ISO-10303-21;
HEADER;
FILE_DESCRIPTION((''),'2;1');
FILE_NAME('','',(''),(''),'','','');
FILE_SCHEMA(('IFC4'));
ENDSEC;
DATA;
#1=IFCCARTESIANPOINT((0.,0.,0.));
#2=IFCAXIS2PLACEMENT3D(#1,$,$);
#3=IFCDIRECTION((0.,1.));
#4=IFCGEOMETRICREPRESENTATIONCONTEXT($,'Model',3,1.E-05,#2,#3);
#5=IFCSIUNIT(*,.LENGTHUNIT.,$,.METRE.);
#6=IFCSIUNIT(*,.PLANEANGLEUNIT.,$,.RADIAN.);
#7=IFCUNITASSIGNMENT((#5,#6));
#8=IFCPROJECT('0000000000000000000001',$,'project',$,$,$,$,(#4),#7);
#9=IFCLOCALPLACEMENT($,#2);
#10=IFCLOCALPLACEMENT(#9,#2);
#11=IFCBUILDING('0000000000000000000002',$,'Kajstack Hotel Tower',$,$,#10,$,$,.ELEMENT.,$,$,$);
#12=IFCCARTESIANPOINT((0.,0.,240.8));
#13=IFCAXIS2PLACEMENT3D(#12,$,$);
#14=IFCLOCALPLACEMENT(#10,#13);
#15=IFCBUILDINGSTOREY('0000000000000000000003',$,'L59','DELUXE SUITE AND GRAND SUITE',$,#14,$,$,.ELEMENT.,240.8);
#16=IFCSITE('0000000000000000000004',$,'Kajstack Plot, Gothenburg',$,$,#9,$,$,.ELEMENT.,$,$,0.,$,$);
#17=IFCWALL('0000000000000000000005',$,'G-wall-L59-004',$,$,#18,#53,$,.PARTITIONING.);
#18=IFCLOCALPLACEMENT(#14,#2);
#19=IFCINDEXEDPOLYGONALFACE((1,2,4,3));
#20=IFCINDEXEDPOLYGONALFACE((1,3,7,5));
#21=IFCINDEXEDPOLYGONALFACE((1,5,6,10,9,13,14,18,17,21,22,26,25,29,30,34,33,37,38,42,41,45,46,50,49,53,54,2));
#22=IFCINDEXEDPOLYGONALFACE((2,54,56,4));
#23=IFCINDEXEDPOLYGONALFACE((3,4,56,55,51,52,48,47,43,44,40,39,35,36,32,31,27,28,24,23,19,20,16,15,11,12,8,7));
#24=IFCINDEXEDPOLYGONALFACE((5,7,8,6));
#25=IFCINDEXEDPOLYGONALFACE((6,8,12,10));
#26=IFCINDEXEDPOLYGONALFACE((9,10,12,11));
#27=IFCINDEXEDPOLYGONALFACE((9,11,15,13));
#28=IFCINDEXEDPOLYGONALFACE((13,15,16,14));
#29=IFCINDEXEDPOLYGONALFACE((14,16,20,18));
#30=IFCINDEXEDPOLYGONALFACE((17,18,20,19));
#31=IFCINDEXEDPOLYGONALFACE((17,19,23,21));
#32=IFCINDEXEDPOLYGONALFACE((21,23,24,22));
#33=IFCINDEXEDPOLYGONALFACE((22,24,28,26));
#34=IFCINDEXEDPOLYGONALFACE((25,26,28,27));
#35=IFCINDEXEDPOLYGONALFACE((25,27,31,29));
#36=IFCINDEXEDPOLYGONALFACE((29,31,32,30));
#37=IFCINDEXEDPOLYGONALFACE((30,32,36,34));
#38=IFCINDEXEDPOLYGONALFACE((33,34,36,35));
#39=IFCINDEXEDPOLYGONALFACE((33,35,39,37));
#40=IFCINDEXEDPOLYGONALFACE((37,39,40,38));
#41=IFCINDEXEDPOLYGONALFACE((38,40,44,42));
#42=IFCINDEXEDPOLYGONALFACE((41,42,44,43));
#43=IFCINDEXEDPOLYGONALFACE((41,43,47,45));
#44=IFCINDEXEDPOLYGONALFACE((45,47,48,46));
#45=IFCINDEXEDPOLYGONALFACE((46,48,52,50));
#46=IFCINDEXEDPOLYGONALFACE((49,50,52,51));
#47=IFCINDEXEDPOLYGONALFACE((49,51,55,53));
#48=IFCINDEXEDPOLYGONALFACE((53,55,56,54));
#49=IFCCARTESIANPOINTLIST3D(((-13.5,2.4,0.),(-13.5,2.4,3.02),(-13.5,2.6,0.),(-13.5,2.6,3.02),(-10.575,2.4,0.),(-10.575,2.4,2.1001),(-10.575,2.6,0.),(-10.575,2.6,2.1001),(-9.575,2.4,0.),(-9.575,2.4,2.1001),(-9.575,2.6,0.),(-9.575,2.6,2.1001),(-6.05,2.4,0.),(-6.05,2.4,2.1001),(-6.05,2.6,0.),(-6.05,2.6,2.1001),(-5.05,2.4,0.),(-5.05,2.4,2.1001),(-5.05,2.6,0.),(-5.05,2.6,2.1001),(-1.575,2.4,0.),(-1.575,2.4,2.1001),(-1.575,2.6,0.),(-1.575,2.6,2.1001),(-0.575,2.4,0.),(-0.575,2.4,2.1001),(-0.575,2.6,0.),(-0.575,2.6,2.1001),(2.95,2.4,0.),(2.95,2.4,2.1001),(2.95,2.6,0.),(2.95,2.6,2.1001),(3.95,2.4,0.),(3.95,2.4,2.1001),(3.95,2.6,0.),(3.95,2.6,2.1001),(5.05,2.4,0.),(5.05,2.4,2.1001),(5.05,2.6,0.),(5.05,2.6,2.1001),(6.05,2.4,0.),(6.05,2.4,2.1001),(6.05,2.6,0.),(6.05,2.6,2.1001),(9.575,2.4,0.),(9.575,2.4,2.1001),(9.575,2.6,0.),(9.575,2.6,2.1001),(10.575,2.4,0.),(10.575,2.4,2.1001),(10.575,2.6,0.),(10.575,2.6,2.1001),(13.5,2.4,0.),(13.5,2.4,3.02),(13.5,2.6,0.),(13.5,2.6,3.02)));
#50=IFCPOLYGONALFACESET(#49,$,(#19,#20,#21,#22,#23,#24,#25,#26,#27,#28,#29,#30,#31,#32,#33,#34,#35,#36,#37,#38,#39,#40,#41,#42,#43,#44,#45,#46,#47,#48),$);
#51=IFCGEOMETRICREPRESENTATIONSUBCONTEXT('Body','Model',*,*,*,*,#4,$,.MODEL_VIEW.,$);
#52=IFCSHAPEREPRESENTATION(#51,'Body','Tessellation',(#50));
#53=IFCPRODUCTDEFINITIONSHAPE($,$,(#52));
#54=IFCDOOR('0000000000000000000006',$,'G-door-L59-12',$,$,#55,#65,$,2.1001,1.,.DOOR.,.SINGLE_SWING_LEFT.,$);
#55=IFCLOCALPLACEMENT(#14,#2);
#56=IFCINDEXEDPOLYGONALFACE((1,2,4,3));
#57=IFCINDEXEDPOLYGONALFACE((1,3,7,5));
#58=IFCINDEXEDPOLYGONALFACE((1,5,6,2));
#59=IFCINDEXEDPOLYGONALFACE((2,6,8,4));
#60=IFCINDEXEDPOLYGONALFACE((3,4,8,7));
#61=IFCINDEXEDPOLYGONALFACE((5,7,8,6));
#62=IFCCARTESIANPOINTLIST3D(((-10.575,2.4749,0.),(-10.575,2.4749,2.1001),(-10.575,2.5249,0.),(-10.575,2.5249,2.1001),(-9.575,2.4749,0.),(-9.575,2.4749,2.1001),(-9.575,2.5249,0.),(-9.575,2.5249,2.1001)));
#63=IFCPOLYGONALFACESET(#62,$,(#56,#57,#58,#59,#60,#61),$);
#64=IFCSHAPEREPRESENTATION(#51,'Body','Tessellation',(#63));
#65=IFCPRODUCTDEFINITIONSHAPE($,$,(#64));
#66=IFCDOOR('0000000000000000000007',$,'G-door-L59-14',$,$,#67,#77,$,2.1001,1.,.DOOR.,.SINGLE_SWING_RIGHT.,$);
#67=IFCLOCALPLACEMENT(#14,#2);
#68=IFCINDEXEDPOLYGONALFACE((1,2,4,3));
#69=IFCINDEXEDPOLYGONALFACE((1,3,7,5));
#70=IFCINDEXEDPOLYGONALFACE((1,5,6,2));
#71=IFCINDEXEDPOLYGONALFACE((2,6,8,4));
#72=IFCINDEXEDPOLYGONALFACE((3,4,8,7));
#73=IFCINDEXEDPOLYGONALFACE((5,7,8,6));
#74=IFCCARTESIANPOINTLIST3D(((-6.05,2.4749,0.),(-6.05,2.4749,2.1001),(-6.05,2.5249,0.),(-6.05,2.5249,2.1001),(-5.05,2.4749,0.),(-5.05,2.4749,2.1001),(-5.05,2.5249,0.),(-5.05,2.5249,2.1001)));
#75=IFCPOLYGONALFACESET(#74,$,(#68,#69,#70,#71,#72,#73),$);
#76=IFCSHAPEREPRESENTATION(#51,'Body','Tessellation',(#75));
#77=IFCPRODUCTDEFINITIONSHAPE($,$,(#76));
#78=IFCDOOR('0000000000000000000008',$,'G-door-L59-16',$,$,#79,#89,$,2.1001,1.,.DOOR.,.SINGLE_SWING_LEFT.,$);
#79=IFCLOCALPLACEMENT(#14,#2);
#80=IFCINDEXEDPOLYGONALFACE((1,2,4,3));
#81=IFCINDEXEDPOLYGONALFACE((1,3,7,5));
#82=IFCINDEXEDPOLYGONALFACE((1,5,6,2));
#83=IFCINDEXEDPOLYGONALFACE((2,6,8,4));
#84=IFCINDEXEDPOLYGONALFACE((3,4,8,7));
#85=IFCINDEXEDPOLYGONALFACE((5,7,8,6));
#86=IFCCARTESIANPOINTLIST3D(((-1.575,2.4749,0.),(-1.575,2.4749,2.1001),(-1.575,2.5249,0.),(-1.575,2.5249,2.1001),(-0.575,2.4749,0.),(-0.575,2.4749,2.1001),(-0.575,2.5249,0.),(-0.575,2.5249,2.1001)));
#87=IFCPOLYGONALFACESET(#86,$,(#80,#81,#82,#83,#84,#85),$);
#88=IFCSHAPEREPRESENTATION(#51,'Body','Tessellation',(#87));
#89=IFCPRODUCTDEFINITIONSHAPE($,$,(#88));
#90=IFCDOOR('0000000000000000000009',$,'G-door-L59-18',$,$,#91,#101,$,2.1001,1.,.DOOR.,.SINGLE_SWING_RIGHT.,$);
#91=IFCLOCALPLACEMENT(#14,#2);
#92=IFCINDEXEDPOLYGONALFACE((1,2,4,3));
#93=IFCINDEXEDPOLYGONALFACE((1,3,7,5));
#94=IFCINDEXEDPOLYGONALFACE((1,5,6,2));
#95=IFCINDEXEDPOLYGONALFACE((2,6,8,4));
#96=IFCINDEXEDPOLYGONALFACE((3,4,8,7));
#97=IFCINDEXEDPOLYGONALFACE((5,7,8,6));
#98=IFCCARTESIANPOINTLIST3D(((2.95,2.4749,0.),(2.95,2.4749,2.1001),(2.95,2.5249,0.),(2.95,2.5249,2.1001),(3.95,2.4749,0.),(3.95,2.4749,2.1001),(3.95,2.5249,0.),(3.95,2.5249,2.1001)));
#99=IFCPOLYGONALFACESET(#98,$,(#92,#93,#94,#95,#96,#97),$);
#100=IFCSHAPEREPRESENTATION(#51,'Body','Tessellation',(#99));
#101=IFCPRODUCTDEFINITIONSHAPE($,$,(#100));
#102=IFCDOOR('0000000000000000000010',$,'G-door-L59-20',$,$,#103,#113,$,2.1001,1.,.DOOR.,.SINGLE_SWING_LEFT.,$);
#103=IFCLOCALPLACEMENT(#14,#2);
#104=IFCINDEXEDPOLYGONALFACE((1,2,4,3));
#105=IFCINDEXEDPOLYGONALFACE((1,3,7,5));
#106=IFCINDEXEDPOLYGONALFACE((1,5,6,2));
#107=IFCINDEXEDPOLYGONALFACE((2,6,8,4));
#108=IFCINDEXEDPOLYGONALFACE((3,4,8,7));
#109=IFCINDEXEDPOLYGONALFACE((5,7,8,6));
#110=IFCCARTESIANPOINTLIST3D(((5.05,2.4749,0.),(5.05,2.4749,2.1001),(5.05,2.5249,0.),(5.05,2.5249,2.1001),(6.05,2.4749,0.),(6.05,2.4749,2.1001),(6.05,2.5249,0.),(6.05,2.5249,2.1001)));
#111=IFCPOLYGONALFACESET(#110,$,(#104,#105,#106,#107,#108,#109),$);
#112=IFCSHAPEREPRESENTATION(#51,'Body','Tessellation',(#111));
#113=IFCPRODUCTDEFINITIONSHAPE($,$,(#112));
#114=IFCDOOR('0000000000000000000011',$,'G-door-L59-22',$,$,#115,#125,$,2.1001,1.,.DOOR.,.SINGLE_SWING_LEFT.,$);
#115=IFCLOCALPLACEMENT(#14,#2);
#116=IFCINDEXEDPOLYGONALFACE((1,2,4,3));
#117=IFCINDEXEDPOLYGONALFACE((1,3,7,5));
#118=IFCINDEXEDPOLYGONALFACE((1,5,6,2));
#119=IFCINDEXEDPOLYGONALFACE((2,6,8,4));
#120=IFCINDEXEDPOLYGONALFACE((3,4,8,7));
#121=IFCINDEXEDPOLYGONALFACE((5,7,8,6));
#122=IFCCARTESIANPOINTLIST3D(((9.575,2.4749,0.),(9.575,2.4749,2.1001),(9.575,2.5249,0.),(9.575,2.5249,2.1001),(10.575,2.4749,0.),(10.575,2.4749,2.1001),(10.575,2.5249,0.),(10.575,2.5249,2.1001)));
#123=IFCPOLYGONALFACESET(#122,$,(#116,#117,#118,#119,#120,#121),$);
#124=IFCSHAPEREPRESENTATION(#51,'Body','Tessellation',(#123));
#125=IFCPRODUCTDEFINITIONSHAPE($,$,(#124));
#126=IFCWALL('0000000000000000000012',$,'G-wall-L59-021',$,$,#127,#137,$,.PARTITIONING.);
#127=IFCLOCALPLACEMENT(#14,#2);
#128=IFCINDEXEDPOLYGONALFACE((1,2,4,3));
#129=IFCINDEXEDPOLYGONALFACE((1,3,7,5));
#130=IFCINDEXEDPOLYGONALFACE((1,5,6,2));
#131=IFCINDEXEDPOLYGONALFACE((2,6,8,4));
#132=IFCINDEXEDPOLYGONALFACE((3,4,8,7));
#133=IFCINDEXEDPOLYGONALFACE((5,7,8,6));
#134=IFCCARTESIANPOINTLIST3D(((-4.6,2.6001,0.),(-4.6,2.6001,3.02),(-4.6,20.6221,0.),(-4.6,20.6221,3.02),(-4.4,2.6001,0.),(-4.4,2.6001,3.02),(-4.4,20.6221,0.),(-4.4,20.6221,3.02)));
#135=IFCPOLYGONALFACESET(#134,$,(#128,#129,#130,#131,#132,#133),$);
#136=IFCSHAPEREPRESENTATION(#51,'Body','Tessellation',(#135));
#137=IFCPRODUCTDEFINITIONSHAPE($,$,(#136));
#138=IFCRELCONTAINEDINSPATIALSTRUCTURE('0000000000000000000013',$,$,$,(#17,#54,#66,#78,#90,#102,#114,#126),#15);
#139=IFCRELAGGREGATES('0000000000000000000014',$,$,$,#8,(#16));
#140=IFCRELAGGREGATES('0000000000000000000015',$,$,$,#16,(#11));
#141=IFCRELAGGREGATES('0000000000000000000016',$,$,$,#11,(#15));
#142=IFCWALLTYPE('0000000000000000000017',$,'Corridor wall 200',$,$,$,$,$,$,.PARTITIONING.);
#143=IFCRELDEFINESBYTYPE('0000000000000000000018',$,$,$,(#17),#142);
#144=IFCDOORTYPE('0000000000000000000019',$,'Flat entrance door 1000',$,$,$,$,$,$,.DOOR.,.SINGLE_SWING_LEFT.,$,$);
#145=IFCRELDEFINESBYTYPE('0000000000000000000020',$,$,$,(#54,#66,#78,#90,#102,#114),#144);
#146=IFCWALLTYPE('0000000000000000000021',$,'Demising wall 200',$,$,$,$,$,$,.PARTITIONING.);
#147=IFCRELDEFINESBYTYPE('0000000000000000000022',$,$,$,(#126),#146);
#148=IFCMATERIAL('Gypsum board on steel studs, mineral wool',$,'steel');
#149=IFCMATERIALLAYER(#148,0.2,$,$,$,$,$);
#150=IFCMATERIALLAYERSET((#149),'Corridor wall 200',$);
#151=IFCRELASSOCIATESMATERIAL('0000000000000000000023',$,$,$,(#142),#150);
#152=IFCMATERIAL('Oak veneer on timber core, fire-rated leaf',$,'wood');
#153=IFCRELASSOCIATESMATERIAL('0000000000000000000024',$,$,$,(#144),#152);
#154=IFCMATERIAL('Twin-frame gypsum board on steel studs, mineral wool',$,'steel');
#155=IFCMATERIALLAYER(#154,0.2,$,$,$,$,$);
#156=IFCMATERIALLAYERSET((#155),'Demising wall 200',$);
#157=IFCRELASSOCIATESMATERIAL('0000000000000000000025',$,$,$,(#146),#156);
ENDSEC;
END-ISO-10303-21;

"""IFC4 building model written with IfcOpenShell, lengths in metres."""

from ifc_helpers import new_model, si_unit, direction, frame, frame_2d, origin, place, context, subcontext, project, spatial, rectangle, extrude, material, layer, layer_set, type_object, element, fill, save


model = new_model("IFC4")

# Units and contexts
model_context = context("Model", 3, precision=1e-05, world=origin(), true_north=direction((0.0, 1.0)))
body_context = subcontext(model_context, "Body", "Model", "MODEL_VIEW")
ifc_project = project(units=[si_unit("LENGTHUNIT", "METRE"), si_unit("PLANEANGLEUNIT", "RADIAN")], contexts=[model_context])

# Site, building, storey
site_placement = place(None, origin())
site = spatial("IfcSite", under=ifc_project, at=site_placement, Name="Kajstack Plot, Gothenburg", CompositionType="ELEMENT", RefElevation=0.0)
building_placement = place(site_placement, origin())
building = spatial("IfcBuilding", under=site, at=building_placement, Name="Kajstack Hotel Tower", CompositionType="ELEMENT")
storey_placement = place(building_placement, frame((0.0, 0.0, 240.8)))
storey = spatial("IfcBuildingStorey", under=building, at=storey_placement, Name="L59", Description="DELUXE SUITE AND GRAND SUITE", CompositionType="ELEMENT", Elevation=240.8)

# Wall, openings, doors
ifc_material_1 = material(Name="Gypsum board on steel studs, mineral wool", Category="steel")
ifc_layer_1 = layer(ifc_material_1, 0.2)
ifc_layer_set_1 = layer_set([ifc_layer_1], Name="Corridor wall 200")
wall_type_1 = type_object("IfcWallType", Name="Corridor wall 200", PredefinedType="PARTITIONING", material=ifc_layer_set_1)
wall_1_placement = place(storey_placement, frame((-13.5, 2.5, 0.0), z_axis=(0.0, 0.0, 1.0), x_axis=(1.0, 0.0, 0.0)))
wall_1 = element("IfcWall", 1, at=wall_1_placement, inside=storey, type_object=wall_type_1, Name="G-wall-L59-004", PredefinedType="PARTITIONING", context=body_context, shape_type="SweptSolid", body=[
    extrude(rectangle(XDim=27.0, YDim=0.2, at=frame_2d((13.5, 0.0))), origin(), (0.0, 0.0, 1.0), 3.02),
])
opening_1_placement = place(wall_1_placement, frame((2.925, 0.0, 0.0)))
opening_1 = element("IfcOpeningElement", 2, at=opening_1_placement, cuts=wall_1, PredefinedType="OPENING", context=body_context, shape_type="SweptSolid", body=[
    extrude(rectangle(XDim=1.0, YDim=2.1001, at=frame_2d((0.5, 1.05))), frame((0.0, 0.1099, 0.0), z_axis=(0.0, -1.0, 0.0), x_axis=(1.0, 0.0, 0.0)), (0.0, 0.0, 1.0), 0.22),
])
opening_2_placement = place(wall_1_placement, frame((7.45, 0.0, 0.0)))
opening_2 = element("IfcOpeningElement", 3, at=opening_2_placement, cuts=wall_1, PredefinedType="OPENING", context=body_context, shape_type="SweptSolid", body=[
    extrude(rectangle(XDim=1.0, YDim=2.1001, at=frame_2d((0.5, 1.05))), frame((0.0, 0.1099, 0.0), z_axis=(0.0, -1.0, 0.0), x_axis=(1.0, 0.0, 0.0)), (0.0, 0.0, 1.0), 0.22),
])
opening_3_placement = place(wall_1_placement, frame((11.925, 0.0, 0.0)))
opening_3 = element("IfcOpeningElement", 4, at=opening_3_placement, cuts=wall_1, PredefinedType="OPENING", context=body_context, shape_type="SweptSolid", body=[
    extrude(rectangle(XDim=1.0, YDim=2.1001, at=frame_2d((0.5, 1.05))), frame((0.0, 0.1099, 0.0), z_axis=(0.0, -1.0, 0.0), x_axis=(1.0, 0.0, 0.0)), (0.0, 0.0, 1.0), 0.22),
])
opening_4_placement = place(wall_1_placement, frame((16.45, 0.0, 0.0)))
opening_4 = element("IfcOpeningElement", 5, at=opening_4_placement, cuts=wall_1, PredefinedType="OPENING", context=body_context, shape_type="SweptSolid", body=[
    extrude(rectangle(XDim=1.0, YDim=2.1001, at=frame_2d((0.5, 1.05))), frame((0.0, 0.1099, 0.0), z_axis=(0.0, -1.0, 0.0), x_axis=(1.0, 0.0, 0.0)), (0.0, 0.0, 1.0), 0.22),
])
opening_5_placement = place(wall_1_placement, frame((18.55, 0.0, 0.0)))
opening_5 = element("IfcOpeningElement", 6, at=opening_5_placement, cuts=wall_1, PredefinedType="OPENING", context=body_context, shape_type="SweptSolid", body=[
    extrude(rectangle(XDim=1.0, YDim=2.1001, at=frame_2d((0.5, 1.05))), frame((0.0, 0.1099, 0.0), z_axis=(0.0, -1.0, 0.0), x_axis=(1.0, 0.0, 0.0)), (0.0, 0.0, 1.0), 0.22),
])
opening_6_placement = place(wall_1_placement, frame((23.075, 0.0, 0.0)))
opening_6 = element("IfcOpeningElement", 7, at=opening_6_placement, cuts=wall_1, PredefinedType="OPENING", context=body_context, shape_type="SweptSolid", body=[
    extrude(rectangle(XDim=1.0, YDim=2.1001, at=frame_2d((0.5, 1.05))), frame((0.0, 0.1099, 0.0), z_axis=(0.0, -1.0, 0.0), x_axis=(1.0, 0.0, 0.0)), (0.0, 0.0, 1.0), 0.22),
])
ifc_material_2 = material(Name="Oak veneer on timber core, fire-rated leaf", Category="wood")
door_type_1 = type_object("IfcDoorType", Name="Flat entrance door 1000", OperationType="SINGLE_SWING_LEFT", PredefinedType="DOOR", material=ifc_material_2)
door_1_placement = place(opening_1_placement, origin())
door_1 = element("IfcDoor", 8, at=door_1_placement, inside=storey, type_object=door_type_1, Name="G-door-L59-12", OperationType="SINGLE_SWING_LEFT", OverallHeight=2.1001, OverallWidth=1.0, PredefinedType="DOOR", context=body_context, shape_type="SweptSolid", body=[
    extrude(rectangle(XDim=1.0, YDim=2.1001, at=frame_2d((0.5, 1.05))), frame((0.0, 0.0249, 0.0), z_axis=(0.0, -1.0, 0.0), x_axis=(1.0, 0.0, 0.0)), (0.0, 0.0, 1.0), 0.05),
])
fill(opening_1, door_1)
door_2_placement = place(opening_2_placement, origin())
door_2 = element("IfcDoor", 9, at=door_2_placement, inside=storey, type_object=door_type_1, Name="G-door-L59-14", OperationType="SINGLE_SWING_RIGHT", OverallHeight=2.1001, OverallWidth=1.0, PredefinedType="DOOR", context=body_context, shape_type="SweptSolid", body=[
    extrude(rectangle(XDim=1.0, YDim=2.1001, at=frame_2d((0.5, 1.05))), frame((0.0, 0.0249, 0.0), z_axis=(0.0, -1.0, 0.0), x_axis=(1.0, 0.0, 0.0)), (0.0, 0.0, 1.0), 0.05),
])
fill(opening_2, door_2)
door_3_placement = place(opening_3_placement, origin())
door_3 = element("IfcDoor", 10, at=door_3_placement, inside=storey, type_object=door_type_1, Name="G-door-L59-16", OperationType="SINGLE_SWING_LEFT", OverallHeight=2.1001, OverallWidth=1.0, PredefinedType="DOOR", context=body_context, shape_type="SweptSolid", body=[
    extrude(rectangle(XDim=1.0, YDim=2.1001, at=frame_2d((0.5, 1.05))), frame((0.0, 0.0249, 0.0), z_axis=(0.0, -1.0, 0.0), x_axis=(1.0, 0.0, 0.0)), (0.0, 0.0, 1.0), 0.05),
])
fill(opening_3, door_3)
door_4_placement = place(opening_4_placement, origin())
door_4 = element("IfcDoor", 11, at=door_4_placement, inside=storey, type_object=door_type_1, Name="G-door-L59-18", OperationType="SINGLE_SWING_RIGHT", OverallHeight=2.1001, OverallWidth=1.0, PredefinedType="DOOR", context=body_context, shape_type="SweptSolid", body=[
    extrude(rectangle(XDim=1.0, YDim=2.1001, at=frame_2d((0.5, 1.05))), frame((0.0, 0.0249, 0.0), z_axis=(0.0, -1.0, 0.0), x_axis=(1.0, 0.0, 0.0)), (0.0, 0.0, 1.0), 0.05),
])
fill(opening_4, door_4)
door_5_placement = place(opening_5_placement, origin())
door_5 = element("IfcDoor", 12, at=door_5_placement, inside=storey, type_object=door_type_1, Name="G-door-L59-20", OperationType="SINGLE_SWING_LEFT", OverallHeight=2.1001, OverallWidth=1.0, PredefinedType="DOOR", context=body_context, shape_type="SweptSolid", body=[
    extrude(rectangle(XDim=1.0, YDim=2.1001, at=frame_2d((0.5, 1.05))), frame((0.0, 0.0249, 0.0), z_axis=(0.0, -1.0, 0.0), x_axis=(1.0, 0.0, 0.0)), (0.0, 0.0, 1.0), 0.05),
])
fill(opening_5, door_5)
door_6_placement = place(opening_6_placement, origin())
door_6 = element("IfcDoor", 13, at=door_6_placement, inside=storey, type_object=door_type_1, Name="G-door-L59-22", OperationType="SINGLE_SWING_LEFT", OverallHeight=2.1001, OverallWidth=1.0, PredefinedType="DOOR", context=body_context, shape_type="SweptSolid", body=[
    extrude(rectangle(XDim=1.0, YDim=2.1001, at=frame_2d((0.5, 1.05))), frame((0.0, 0.0249, 0.0), z_axis=(0.0, -1.0, 0.0), x_axis=(1.0, 0.0, 0.0)), (0.0, 0.0, 1.0), 0.05),
])
fill(opening_6, door_6)

# Wall
ifc_material_3 = material(Name="Twin-frame gypsum board on steel studs, mineral wool", Category="steel")
ifc_layer_2 = layer(ifc_material_3, 0.2)
ifc_layer_set_2 = layer_set([ifc_layer_2], Name="Demising wall 200")
wall_type_2 = type_object("IfcWallType", Name="Demising wall 200", PredefinedType="PARTITIONING", material=ifc_layer_set_2)
wall_2_placement = place(storey_placement, frame((-4.5, 2.6001, 0.0), z_axis=(0.0, 0.0, 1.0), x_axis=(0.0, 1.0, 0.0)))
element("IfcWall", 14, at=wall_2_placement, inside=storey, type_object=wall_type_2, Name="G-wall-L59-021", PredefinedType="PARTITIONING", context=body_context, shape_type="SweptSolid", body=[
    extrude(rectangle(XDim=18.022, YDim=0.2, at=frame_2d((9.011, 0.0))), origin(), (0.0, 0.0, 1.0), 3.02),
])

save(model, "model.ifc")
